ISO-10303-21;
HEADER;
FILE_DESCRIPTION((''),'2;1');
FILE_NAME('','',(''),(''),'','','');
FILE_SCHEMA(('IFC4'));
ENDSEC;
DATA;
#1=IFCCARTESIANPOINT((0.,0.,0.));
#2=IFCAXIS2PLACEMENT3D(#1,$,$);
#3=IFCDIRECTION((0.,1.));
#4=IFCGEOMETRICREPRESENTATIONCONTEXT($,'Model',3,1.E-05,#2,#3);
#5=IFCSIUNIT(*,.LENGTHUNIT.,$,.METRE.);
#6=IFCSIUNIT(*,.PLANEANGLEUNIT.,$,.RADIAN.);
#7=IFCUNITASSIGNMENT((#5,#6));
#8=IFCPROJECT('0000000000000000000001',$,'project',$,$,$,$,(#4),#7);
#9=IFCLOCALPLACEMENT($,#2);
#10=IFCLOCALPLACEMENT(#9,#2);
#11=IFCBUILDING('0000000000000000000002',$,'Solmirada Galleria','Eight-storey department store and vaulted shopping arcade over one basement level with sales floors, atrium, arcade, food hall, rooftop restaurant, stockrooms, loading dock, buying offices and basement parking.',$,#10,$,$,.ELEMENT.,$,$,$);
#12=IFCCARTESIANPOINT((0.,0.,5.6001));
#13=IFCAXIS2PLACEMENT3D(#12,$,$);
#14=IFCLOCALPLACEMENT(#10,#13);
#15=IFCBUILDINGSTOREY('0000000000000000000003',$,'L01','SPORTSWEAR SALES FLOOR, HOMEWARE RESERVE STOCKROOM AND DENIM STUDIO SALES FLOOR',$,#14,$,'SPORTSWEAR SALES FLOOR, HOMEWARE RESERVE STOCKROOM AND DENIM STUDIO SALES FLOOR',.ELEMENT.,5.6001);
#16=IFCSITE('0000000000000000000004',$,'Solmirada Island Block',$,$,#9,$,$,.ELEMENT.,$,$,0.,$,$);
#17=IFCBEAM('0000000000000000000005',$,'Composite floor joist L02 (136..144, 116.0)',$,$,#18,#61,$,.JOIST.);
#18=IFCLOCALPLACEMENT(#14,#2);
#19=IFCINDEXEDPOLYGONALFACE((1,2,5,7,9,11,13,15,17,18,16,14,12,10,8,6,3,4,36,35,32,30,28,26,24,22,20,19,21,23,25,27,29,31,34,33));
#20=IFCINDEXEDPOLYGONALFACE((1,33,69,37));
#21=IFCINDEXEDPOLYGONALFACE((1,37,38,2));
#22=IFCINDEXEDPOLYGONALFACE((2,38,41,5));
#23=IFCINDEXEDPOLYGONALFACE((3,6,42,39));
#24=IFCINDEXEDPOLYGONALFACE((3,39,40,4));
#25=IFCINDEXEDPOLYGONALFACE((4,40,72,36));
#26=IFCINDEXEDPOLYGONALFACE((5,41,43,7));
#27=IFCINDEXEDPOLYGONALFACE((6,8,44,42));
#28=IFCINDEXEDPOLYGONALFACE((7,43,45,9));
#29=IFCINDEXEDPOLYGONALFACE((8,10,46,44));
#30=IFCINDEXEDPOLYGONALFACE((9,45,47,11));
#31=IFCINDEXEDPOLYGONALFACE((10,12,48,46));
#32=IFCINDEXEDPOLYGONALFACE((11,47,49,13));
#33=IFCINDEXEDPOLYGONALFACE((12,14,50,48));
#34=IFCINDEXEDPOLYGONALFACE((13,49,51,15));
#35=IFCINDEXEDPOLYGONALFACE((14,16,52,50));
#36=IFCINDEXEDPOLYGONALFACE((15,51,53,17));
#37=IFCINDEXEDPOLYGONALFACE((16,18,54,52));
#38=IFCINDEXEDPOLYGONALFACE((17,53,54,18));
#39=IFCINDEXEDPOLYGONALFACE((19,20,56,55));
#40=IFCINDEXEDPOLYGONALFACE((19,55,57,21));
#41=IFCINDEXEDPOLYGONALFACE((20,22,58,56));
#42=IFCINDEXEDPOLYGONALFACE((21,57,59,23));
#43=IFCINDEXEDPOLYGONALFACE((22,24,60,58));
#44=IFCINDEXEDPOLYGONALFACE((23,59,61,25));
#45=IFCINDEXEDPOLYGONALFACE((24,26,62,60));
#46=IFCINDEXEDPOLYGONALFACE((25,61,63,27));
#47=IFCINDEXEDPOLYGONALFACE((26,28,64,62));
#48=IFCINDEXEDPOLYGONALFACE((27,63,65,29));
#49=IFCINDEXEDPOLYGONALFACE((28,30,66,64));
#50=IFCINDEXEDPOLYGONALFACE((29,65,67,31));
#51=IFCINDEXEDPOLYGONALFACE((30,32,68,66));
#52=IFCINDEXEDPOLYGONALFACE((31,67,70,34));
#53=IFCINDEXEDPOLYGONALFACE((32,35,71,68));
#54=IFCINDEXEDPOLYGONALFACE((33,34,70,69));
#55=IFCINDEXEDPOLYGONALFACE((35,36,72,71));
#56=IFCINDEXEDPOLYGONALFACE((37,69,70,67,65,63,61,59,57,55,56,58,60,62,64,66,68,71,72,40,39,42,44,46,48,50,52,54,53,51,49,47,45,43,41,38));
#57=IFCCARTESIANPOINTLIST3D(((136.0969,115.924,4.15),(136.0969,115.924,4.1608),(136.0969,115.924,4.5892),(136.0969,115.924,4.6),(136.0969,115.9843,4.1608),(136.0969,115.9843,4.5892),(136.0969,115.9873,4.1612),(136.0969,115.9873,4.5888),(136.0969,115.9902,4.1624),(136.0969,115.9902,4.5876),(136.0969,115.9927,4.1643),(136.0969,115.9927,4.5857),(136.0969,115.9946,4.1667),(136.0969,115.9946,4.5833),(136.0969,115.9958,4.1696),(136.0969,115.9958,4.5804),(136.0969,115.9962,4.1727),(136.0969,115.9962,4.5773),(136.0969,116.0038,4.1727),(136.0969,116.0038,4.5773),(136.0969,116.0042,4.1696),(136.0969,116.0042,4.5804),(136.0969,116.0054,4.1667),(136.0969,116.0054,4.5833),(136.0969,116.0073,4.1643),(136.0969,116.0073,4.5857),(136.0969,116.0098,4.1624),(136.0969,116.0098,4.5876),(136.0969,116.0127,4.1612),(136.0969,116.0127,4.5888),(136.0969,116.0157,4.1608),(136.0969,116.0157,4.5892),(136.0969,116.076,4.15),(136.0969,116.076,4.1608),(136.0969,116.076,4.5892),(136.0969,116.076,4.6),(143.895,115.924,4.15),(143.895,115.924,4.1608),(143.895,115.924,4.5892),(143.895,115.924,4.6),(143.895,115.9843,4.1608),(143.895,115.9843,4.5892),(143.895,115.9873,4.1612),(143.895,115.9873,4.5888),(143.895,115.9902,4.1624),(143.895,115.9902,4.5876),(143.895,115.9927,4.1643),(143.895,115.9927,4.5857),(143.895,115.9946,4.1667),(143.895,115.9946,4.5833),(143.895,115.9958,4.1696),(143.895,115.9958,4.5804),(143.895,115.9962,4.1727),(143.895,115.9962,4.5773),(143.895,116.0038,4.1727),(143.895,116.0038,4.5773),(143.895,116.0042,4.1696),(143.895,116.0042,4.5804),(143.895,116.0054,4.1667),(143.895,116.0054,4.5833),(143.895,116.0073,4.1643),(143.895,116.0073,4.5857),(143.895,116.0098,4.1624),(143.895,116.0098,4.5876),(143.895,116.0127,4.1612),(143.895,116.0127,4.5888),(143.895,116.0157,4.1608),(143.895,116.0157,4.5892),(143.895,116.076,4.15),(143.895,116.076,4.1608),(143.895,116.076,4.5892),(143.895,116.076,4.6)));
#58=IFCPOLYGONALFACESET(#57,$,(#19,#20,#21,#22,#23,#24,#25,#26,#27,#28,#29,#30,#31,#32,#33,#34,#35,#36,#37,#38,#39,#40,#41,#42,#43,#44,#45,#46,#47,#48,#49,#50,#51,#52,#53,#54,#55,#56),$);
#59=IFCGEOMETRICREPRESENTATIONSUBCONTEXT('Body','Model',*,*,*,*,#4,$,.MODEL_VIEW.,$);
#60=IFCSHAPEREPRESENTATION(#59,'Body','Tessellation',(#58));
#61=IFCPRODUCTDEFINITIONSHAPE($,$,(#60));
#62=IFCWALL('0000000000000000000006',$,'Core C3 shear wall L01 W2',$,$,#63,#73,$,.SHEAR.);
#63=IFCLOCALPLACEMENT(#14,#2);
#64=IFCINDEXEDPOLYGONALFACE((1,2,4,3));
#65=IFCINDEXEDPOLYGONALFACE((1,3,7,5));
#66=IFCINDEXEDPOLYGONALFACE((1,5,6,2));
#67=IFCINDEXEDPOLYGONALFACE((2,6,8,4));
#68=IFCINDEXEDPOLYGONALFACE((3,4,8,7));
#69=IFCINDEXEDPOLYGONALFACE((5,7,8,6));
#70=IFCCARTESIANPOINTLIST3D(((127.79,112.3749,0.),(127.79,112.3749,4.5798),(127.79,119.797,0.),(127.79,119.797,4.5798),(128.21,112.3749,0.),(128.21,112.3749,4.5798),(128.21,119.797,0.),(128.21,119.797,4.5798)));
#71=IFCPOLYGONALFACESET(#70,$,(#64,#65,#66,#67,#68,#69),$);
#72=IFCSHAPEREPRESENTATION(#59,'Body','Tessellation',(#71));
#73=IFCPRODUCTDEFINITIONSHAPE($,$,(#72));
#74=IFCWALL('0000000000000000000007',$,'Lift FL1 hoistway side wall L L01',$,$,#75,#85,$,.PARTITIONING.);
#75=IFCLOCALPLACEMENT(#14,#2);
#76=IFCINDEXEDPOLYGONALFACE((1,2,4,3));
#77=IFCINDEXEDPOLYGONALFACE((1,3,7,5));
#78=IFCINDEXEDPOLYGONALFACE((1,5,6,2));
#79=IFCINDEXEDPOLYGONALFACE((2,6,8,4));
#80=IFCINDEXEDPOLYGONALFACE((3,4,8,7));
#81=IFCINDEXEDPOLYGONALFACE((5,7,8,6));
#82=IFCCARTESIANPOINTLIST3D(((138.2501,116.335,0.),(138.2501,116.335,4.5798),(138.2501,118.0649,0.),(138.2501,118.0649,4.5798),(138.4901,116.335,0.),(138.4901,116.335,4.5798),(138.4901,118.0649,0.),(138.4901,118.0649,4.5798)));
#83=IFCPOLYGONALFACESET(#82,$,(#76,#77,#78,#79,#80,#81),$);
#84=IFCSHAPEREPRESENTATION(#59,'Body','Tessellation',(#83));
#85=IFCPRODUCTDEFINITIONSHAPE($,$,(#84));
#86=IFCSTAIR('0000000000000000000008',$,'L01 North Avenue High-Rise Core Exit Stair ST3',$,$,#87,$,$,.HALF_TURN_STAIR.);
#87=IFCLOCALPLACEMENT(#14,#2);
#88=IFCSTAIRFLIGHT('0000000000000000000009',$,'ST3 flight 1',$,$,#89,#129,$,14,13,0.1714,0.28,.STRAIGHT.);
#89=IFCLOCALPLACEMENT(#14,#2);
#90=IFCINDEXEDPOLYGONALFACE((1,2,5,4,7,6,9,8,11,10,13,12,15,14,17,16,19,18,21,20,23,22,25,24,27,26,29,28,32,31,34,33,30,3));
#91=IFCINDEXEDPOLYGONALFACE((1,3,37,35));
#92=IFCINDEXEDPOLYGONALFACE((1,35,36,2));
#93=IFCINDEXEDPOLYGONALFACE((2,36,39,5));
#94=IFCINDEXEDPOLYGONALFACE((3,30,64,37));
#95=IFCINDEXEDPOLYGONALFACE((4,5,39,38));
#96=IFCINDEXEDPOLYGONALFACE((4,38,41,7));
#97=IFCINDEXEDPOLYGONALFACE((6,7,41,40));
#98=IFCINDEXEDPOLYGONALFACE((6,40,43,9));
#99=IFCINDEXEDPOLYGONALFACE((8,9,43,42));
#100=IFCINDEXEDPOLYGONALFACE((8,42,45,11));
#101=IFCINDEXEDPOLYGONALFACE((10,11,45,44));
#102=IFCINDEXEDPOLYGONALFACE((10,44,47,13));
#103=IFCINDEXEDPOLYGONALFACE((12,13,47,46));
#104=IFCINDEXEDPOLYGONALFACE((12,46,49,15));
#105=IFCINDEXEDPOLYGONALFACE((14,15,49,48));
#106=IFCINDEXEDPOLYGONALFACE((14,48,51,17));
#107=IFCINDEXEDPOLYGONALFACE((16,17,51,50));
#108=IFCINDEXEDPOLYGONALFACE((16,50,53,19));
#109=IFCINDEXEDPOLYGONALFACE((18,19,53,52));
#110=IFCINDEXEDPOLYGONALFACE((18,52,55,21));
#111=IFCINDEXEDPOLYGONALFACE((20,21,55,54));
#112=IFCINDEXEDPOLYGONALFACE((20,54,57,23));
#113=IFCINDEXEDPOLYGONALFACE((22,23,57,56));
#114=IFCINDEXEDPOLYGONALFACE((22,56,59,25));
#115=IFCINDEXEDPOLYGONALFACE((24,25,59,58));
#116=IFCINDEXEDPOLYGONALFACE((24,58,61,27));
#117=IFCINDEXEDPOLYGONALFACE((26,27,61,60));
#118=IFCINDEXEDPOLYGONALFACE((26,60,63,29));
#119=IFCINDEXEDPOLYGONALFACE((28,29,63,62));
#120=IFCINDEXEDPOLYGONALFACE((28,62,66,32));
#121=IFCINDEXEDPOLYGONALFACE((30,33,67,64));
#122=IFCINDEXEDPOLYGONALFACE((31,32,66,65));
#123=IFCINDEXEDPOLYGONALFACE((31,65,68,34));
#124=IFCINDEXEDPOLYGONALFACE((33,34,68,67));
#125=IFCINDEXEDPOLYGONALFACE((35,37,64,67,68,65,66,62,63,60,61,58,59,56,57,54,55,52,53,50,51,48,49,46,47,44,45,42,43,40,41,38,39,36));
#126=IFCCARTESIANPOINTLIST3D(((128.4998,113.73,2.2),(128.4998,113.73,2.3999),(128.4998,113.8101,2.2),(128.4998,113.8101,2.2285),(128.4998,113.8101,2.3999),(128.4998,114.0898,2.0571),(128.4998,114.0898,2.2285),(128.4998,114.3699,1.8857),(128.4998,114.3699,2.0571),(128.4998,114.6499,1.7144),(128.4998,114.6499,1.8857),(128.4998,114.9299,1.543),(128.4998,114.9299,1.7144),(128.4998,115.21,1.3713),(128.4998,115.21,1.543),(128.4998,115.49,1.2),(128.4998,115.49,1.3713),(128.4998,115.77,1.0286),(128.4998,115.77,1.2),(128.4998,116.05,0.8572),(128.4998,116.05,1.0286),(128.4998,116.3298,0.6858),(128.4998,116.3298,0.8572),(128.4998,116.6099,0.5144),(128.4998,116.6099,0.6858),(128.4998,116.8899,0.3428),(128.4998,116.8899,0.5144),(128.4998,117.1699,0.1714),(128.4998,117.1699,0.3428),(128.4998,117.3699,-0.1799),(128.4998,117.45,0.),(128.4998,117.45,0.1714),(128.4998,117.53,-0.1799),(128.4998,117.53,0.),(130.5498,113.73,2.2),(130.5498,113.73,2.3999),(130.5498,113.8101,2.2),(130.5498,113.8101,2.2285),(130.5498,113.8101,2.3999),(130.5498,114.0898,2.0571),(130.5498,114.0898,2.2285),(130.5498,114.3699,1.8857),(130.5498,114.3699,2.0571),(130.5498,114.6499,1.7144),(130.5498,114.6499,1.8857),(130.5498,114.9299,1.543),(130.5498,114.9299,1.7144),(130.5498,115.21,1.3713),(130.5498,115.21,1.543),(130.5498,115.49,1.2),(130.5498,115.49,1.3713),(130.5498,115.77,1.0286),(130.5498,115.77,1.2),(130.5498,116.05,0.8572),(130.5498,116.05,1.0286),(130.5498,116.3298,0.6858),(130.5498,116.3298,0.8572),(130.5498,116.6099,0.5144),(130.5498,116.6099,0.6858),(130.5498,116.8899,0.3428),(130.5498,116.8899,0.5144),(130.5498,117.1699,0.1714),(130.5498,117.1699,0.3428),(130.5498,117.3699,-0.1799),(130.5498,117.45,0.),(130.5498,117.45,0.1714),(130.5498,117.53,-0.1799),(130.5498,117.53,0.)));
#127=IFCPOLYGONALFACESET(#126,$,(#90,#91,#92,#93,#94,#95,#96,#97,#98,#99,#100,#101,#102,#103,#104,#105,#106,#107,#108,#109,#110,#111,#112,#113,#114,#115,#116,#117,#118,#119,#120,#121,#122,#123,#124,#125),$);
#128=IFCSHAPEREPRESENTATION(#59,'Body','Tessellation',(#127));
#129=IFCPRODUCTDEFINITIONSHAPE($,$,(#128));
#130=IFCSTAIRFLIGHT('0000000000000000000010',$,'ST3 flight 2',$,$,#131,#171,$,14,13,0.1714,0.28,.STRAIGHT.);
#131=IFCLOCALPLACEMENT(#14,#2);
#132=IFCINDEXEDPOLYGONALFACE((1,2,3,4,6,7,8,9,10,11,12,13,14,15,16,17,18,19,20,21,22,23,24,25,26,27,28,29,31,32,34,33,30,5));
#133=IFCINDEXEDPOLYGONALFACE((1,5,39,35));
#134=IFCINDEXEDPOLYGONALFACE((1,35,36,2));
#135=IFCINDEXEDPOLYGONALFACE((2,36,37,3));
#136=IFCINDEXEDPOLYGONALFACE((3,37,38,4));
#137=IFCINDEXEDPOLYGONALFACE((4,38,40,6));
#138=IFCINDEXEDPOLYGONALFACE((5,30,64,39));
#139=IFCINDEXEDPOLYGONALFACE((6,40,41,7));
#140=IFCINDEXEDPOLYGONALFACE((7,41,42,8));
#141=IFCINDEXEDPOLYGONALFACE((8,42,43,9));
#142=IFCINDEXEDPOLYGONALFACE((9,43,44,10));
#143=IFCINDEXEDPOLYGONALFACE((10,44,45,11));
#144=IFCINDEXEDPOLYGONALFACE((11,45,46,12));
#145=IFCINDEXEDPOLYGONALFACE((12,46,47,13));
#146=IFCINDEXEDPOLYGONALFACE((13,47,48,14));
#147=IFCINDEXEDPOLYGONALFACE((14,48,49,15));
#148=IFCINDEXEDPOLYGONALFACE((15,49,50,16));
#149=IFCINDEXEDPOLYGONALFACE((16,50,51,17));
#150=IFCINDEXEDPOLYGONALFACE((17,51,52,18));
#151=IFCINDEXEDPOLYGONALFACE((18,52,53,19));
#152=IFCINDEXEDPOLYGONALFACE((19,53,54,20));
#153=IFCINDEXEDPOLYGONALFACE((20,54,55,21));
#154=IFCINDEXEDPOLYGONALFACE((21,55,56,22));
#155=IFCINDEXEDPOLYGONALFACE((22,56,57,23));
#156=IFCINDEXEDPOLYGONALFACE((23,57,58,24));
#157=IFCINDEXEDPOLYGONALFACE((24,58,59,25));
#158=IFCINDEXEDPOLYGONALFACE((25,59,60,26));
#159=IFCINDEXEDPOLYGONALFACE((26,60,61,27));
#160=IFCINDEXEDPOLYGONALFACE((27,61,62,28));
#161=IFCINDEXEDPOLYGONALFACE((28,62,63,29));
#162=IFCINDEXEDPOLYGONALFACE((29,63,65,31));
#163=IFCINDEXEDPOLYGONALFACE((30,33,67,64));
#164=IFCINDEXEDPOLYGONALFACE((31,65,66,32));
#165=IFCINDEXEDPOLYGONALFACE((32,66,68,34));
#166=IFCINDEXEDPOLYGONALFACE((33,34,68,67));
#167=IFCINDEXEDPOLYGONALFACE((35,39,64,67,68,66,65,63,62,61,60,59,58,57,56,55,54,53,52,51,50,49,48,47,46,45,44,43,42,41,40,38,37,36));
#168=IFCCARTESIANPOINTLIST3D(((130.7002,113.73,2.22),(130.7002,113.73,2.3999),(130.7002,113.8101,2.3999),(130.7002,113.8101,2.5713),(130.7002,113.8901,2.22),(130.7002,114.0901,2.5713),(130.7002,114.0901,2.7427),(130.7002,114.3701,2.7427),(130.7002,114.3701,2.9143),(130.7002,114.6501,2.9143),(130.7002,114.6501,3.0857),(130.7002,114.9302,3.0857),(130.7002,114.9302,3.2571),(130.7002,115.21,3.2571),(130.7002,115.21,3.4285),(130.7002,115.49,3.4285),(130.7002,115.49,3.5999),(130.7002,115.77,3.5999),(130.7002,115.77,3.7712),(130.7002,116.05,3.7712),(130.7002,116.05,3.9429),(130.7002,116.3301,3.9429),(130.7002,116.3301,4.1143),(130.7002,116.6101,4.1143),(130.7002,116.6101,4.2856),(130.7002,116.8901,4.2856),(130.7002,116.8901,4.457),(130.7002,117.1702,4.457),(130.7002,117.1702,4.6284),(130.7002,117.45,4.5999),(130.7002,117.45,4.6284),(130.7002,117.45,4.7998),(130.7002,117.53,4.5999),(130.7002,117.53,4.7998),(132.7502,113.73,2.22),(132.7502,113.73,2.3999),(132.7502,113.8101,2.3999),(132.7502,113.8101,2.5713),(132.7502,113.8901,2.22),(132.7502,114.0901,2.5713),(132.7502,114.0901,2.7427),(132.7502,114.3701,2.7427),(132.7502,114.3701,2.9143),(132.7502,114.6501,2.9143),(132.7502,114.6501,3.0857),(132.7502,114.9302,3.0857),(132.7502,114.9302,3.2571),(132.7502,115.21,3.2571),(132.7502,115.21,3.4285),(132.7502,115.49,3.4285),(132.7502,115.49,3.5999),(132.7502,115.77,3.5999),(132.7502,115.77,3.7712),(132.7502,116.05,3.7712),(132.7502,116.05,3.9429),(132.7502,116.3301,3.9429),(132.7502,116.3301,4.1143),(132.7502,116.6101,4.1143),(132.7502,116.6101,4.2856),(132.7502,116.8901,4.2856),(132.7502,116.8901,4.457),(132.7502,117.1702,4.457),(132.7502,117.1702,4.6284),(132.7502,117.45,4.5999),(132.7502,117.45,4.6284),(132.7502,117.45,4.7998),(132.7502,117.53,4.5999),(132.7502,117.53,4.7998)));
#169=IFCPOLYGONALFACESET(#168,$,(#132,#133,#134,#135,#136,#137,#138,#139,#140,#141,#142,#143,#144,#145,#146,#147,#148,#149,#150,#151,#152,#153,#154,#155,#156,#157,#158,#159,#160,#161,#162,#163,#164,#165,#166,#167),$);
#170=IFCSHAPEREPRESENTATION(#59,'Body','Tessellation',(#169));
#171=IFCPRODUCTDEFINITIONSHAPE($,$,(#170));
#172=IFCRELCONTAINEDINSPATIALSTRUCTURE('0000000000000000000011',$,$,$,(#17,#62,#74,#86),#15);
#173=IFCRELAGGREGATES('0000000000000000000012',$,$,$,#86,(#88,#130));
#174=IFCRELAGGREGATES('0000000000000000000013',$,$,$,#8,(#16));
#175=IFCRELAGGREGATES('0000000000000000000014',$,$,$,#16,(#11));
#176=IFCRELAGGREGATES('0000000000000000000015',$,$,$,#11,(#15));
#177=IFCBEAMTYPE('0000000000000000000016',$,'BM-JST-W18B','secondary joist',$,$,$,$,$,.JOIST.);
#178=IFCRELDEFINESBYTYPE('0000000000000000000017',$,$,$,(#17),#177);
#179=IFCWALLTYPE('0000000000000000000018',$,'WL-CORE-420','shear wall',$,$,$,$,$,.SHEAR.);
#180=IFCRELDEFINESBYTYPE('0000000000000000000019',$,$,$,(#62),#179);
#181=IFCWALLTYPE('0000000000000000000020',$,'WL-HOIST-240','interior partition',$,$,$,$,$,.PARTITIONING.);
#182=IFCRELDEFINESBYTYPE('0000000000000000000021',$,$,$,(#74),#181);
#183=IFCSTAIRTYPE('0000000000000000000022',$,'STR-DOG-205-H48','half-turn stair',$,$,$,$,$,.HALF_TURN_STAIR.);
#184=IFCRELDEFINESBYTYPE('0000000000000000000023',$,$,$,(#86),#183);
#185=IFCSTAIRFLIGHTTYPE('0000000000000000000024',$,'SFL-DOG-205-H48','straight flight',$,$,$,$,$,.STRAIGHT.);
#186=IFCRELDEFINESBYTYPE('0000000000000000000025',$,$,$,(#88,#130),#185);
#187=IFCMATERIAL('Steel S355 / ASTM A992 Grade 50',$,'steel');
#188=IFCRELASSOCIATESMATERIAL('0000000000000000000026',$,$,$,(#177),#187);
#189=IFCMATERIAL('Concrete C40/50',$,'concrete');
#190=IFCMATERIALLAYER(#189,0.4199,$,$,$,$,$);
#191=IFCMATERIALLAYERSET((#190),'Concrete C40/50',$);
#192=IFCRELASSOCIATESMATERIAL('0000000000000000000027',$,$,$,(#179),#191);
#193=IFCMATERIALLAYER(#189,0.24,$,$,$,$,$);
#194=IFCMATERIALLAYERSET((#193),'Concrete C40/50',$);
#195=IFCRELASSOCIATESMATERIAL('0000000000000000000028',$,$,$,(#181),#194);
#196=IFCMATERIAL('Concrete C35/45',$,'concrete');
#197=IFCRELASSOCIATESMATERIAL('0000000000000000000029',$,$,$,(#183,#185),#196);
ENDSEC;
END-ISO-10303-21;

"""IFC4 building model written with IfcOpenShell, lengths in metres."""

from ifc_helpers import new_model, si_unit, direction, frame, frame_2d, origin, origin_2d, place, context, subcontext, project, spatial, polyline, rectangle, i_section, outline, extrude, material, layer, layer_set, material_profile, profile_set, type_object, element, aggregate, save


model = new_model("IFC4")

# Units and contexts
model_context = context("Model", 3, precision=1e-05, world=origin(), true_north=direction((0.0, 1.0)))
body_context = subcontext(model_context, "Body", "Model", "MODEL_VIEW")
ifc_project = project(units=[si_unit("LENGTHUNIT", "METRE"), si_unit("PLANEANGLEUNIT", "RADIAN")], contexts=[model_context])

# Site, building, storey
site_placement = place(None, origin())
site = spatial("IfcSite", under=ifc_project, at=site_placement, Name="Solmirada Island Block", CompositionType="ELEMENT", RefElevation=0.0)
building_placement = place(site_placement, origin())
building = spatial("IfcBuilding", under=site, at=building_placement, Name="Solmirada Galleria", Description="Eight-storey department store and vaulted shopping arcade over one basement level with sales floors, atrium, arcade, food hall, rooftop restaurant, stockrooms, loading dock, buying offices and basement parking.", CompositionType="ELEMENT")
storey_placement = place(building_placement, frame((0.0, 0.0, 5.6001)))
storey = spatial("IfcBuildingStorey", under=building, at=storey_placement, Name="L01", Description="SPORTSWEAR SALES FLOOR, HOMEWARE RESERVE STOCKROOM AND DENIM STUDIO SALES FLOOR", LongName="SPORTSWEAR SALES FLOOR, HOMEWARE RESERVE STOCKROOM AND DENIM STUDIO SALES FLOOR", CompositionType="ELEMENT", Elevation=5.6001)

# Shared definitions
ifc_material_1 = material(Name="Concrete C40/50", Category="concrete")

# Beam
ifc_material_2 = material(Name="Steel S355 / ASTM A992 Grade 50", Category="steel")
ifc_material_profile_1 = material_profile(ifc_material_2, i_section(OverallWidth=0.1521, OverallDepth=0.45, WebThickness=0.0076, FlangeThickness=0.0107, FilletRadius=0.012, at=origin_2d()), Name="W18X35")
ifc_profile_set_1 = profile_set([ifc_material_profile_1], Name="Steel S355 / ASTM A992 Grade 50")
beam_type_1 = type_object("IfcBeamType", Name="BM-JST-W18B", Description="secondary joist", PredefinedType="JOIST", material=ifc_profile_set_1)
beam_1_placement = place(storey_placement, frame((136.0969, 116.0, 4.375), z_axis=(1.0, 0.0, 0.0), x_axis=(0.0, 1.0, 0.0)))
element("IfcBeam", 1, at=beam_1_placement, inside=storey, type_object=beam_type_1, Name="Composite floor joist L02 (136..144, 116.0)", PredefinedType="JOIST", context=body_context, shape_type="SweptSolid", body=[
    extrude(i_section(OverallWidth=0.1521, OverallDepth=0.45, WebThickness=0.0076, FlangeThickness=0.0107, FilletRadius=0.012, at=origin_2d()), origin(), (0.0, 0.0, 1.0), 7.7981),
])

# Wall
ifc_layer_1 = layer(ifc_material_1, 0.4199)
ifc_layer_set_1 = layer_set([ifc_layer_1], Name="Concrete C40/50")
wall_type_1 = type_object("IfcWallType", Name="WL-CORE-420", Description="shear wall", PredefinedType="SHEAR", material=ifc_layer_set_1)
wall_1_placement = place(storey_placement, frame((128.0, 112.375, 0.0), z_axis=(0.0, 0.0, 1.0), x_axis=(0.0, 1.0, 0.0)))
element("IfcWall", 2, at=wall_1_placement, inside=storey, type_object=wall_type_1, Name="Core C3 shear wall L01 W2", PredefinedType="SHEAR", context=body_context, shape_type="SweptSolid", body=[
    extrude(rectangle(XDim=7.4221, YDim=0.4199, at=frame_2d((3.7109, 0.0))), origin(), (0.0, 0.0, 1.0), 4.5798),
])

# Shared definitions
ifc_layer_2 = layer(ifc_material_1, 0.24)
ifc_layer_set_2 = layer_set([ifc_layer_2], Name="Concrete C40/50")
wall_type_2 = type_object("IfcWallType", Name="WL-HOIST-240", Description="interior partition", PredefinedType="PARTITIONING", material=ifc_layer_set_2)

# Wall
wall_2_placement = place(storey_placement, frame((138.3701, 116.335, 0.0), z_axis=(0.0, 0.0, 1.0), x_axis=(0.0, 1.0, 0.0)))
element("IfcWall", 3, at=wall_2_placement, inside=storey, type_object=wall_type_2, Name="Lift FL1 hoistway side wall L L01", PredefinedType="PARTITIONING", context=body_context, shape_type="SweptSolid", body=[
    extrude(rectangle(XDim=1.73, YDim=0.24, at=frame_2d((0.865, 0.0))), origin(), (0.0, 0.0, 1.0), 4.5798),
])

# Stair, stair flights
ifc_material_3 = material(Name="Concrete C35/45", Category="concrete")
stair_type = type_object("IfcStairType", Name="STR-DOG-205-H48", Description="half-turn stair", PredefinedType="HALF_TURN_STAIR", material=ifc_material_3)
stair_placement = place(storey_placement, origin())
stair = element("IfcStair", 4, at=stair_placement, inside=storey, type_object=stair_type, Name="L01 North Avenue High-Rise Core Exit Stair ST3", PredefinedType="HALF_TURN_STAIR")
stair_flight_type = type_object("IfcStairFlightType", Name="SFL-DOG-205-H48", Description="straight flight", PredefinedType="STRAIGHT", material=ifc_material_3)
stair_flight_1_placement = place(storey_placement, frame((129.5249, 117.45, 0.0), z_axis=(0.0, 0.0, 1.0), x_axis=(0.0, -1.0, 0.0)))
stair_flight_1 = element("IfcStairFlight", 5, at=stair_flight_1_placement, type_object=stair_flight_type, Name="ST3 flight 1", NumberOfRisers=14, NumberOfTreads=13, PredefinedType="STRAIGHT", RiserHeight=0.1714, TreadLength=0.28, context=body_context, shape_type="SweptSolid", body=[
    extrude(outline(polyline([(-0.0801, 0.0), (0.0, 0.0), (0.0, 0.1714), (0.28, 0.1714), (0.28, 0.3428), (0.5601, 0.3428), (0.5601, 0.5144), (0.8401, 0.5144), (0.8401, 0.6858), (1.1201, 0.6858), (1.1201, 0.8572), (1.3999, 0.8572), (1.3999, 1.0286), (1.6799, 1.0286), (1.6799, 1.2), (1.96, 1.2), (1.96, 1.3713), (2.24, 1.3713), (2.24, 1.543), (2.52, 1.543), (2.52, 1.7144), (2.8, 1.7144), (2.8, 1.8857), (3.0801, 1.8857), (3.0801, 2.0571), (3.3601, 2.0571), (3.3601, 2.2285), (3.6399, 2.2285), (3.6399, 2.3999), (3.72, 2.3999), (3.72, 2.2), (3.6399, 2.2), (0.0801, -0.1799), (-0.0801, -0.1799), (-0.0801, 0.0)])), frame((0.0, 1.0249, 0.0), z_axis=(0.0, -1.0, 0.0), x_axis=(1.0, 0.0, 0.0)), (0.0, 0.0, 1.0), 2.05),
])
stair_flight_2_placement = place(storey_placement, frame((131.7251, 113.8101, 2.3999), z_axis=(0.0, 0.0, 1.0), x_axis=(0.0, 1.0, 0.0)))
stair_flight_2 = element("IfcStairFlight", 6, at=stair_flight_2_placement, type_object=stair_flight_type, Name="ST3 flight 2", NumberOfRisers=14, NumberOfTreads=13, PredefinedType="STRAIGHT", RiserHeight=0.1714, TreadLength=0.28, context=body_context, shape_type="SweptSolid", body=[
    extrude(outline(polyline([(-0.0801, 0.0), (0.0, 0.0), (0.0, 0.1714), (0.28, 0.1714), (0.28, 0.3428), (0.5601, 0.3428), (0.5601, 0.5144), (0.8401, 0.5144), (0.8401, 0.6858), (1.1201, 0.6858), (1.1201, 0.8572), (1.3999, 0.8572), (1.3999, 1.0286), (1.6799, 1.0286), (1.6799, 1.2), (1.96, 1.2), (1.96, 1.3713), (2.24, 1.3713), (2.24, 1.543), (2.52, 1.543), (2.52, 1.7144), (2.8, 1.7144), (2.8, 1.8857), (3.0801, 1.8857), (3.0801, 2.0571), (3.3601, 2.0571), (3.3601, 2.2285), (3.6399, 2.2285), (3.6399, 2.3999), (3.72, 2.3999), (3.72, 2.2), (3.6399, 2.2), (0.0801, -0.1799), (-0.0801, -0.1799), (-0.0801, 0.0)])), frame((0.0, 1.0249, 0.0), z_axis=(0.0, -1.0, 0.0), x_axis=(1.0, 0.0, 0.0)), (0.0, 0.0, 1.0), 2.05),
])
aggregate(stair, [stair_flight_1, stair_flight_2])

save(model, "model.ifc")
